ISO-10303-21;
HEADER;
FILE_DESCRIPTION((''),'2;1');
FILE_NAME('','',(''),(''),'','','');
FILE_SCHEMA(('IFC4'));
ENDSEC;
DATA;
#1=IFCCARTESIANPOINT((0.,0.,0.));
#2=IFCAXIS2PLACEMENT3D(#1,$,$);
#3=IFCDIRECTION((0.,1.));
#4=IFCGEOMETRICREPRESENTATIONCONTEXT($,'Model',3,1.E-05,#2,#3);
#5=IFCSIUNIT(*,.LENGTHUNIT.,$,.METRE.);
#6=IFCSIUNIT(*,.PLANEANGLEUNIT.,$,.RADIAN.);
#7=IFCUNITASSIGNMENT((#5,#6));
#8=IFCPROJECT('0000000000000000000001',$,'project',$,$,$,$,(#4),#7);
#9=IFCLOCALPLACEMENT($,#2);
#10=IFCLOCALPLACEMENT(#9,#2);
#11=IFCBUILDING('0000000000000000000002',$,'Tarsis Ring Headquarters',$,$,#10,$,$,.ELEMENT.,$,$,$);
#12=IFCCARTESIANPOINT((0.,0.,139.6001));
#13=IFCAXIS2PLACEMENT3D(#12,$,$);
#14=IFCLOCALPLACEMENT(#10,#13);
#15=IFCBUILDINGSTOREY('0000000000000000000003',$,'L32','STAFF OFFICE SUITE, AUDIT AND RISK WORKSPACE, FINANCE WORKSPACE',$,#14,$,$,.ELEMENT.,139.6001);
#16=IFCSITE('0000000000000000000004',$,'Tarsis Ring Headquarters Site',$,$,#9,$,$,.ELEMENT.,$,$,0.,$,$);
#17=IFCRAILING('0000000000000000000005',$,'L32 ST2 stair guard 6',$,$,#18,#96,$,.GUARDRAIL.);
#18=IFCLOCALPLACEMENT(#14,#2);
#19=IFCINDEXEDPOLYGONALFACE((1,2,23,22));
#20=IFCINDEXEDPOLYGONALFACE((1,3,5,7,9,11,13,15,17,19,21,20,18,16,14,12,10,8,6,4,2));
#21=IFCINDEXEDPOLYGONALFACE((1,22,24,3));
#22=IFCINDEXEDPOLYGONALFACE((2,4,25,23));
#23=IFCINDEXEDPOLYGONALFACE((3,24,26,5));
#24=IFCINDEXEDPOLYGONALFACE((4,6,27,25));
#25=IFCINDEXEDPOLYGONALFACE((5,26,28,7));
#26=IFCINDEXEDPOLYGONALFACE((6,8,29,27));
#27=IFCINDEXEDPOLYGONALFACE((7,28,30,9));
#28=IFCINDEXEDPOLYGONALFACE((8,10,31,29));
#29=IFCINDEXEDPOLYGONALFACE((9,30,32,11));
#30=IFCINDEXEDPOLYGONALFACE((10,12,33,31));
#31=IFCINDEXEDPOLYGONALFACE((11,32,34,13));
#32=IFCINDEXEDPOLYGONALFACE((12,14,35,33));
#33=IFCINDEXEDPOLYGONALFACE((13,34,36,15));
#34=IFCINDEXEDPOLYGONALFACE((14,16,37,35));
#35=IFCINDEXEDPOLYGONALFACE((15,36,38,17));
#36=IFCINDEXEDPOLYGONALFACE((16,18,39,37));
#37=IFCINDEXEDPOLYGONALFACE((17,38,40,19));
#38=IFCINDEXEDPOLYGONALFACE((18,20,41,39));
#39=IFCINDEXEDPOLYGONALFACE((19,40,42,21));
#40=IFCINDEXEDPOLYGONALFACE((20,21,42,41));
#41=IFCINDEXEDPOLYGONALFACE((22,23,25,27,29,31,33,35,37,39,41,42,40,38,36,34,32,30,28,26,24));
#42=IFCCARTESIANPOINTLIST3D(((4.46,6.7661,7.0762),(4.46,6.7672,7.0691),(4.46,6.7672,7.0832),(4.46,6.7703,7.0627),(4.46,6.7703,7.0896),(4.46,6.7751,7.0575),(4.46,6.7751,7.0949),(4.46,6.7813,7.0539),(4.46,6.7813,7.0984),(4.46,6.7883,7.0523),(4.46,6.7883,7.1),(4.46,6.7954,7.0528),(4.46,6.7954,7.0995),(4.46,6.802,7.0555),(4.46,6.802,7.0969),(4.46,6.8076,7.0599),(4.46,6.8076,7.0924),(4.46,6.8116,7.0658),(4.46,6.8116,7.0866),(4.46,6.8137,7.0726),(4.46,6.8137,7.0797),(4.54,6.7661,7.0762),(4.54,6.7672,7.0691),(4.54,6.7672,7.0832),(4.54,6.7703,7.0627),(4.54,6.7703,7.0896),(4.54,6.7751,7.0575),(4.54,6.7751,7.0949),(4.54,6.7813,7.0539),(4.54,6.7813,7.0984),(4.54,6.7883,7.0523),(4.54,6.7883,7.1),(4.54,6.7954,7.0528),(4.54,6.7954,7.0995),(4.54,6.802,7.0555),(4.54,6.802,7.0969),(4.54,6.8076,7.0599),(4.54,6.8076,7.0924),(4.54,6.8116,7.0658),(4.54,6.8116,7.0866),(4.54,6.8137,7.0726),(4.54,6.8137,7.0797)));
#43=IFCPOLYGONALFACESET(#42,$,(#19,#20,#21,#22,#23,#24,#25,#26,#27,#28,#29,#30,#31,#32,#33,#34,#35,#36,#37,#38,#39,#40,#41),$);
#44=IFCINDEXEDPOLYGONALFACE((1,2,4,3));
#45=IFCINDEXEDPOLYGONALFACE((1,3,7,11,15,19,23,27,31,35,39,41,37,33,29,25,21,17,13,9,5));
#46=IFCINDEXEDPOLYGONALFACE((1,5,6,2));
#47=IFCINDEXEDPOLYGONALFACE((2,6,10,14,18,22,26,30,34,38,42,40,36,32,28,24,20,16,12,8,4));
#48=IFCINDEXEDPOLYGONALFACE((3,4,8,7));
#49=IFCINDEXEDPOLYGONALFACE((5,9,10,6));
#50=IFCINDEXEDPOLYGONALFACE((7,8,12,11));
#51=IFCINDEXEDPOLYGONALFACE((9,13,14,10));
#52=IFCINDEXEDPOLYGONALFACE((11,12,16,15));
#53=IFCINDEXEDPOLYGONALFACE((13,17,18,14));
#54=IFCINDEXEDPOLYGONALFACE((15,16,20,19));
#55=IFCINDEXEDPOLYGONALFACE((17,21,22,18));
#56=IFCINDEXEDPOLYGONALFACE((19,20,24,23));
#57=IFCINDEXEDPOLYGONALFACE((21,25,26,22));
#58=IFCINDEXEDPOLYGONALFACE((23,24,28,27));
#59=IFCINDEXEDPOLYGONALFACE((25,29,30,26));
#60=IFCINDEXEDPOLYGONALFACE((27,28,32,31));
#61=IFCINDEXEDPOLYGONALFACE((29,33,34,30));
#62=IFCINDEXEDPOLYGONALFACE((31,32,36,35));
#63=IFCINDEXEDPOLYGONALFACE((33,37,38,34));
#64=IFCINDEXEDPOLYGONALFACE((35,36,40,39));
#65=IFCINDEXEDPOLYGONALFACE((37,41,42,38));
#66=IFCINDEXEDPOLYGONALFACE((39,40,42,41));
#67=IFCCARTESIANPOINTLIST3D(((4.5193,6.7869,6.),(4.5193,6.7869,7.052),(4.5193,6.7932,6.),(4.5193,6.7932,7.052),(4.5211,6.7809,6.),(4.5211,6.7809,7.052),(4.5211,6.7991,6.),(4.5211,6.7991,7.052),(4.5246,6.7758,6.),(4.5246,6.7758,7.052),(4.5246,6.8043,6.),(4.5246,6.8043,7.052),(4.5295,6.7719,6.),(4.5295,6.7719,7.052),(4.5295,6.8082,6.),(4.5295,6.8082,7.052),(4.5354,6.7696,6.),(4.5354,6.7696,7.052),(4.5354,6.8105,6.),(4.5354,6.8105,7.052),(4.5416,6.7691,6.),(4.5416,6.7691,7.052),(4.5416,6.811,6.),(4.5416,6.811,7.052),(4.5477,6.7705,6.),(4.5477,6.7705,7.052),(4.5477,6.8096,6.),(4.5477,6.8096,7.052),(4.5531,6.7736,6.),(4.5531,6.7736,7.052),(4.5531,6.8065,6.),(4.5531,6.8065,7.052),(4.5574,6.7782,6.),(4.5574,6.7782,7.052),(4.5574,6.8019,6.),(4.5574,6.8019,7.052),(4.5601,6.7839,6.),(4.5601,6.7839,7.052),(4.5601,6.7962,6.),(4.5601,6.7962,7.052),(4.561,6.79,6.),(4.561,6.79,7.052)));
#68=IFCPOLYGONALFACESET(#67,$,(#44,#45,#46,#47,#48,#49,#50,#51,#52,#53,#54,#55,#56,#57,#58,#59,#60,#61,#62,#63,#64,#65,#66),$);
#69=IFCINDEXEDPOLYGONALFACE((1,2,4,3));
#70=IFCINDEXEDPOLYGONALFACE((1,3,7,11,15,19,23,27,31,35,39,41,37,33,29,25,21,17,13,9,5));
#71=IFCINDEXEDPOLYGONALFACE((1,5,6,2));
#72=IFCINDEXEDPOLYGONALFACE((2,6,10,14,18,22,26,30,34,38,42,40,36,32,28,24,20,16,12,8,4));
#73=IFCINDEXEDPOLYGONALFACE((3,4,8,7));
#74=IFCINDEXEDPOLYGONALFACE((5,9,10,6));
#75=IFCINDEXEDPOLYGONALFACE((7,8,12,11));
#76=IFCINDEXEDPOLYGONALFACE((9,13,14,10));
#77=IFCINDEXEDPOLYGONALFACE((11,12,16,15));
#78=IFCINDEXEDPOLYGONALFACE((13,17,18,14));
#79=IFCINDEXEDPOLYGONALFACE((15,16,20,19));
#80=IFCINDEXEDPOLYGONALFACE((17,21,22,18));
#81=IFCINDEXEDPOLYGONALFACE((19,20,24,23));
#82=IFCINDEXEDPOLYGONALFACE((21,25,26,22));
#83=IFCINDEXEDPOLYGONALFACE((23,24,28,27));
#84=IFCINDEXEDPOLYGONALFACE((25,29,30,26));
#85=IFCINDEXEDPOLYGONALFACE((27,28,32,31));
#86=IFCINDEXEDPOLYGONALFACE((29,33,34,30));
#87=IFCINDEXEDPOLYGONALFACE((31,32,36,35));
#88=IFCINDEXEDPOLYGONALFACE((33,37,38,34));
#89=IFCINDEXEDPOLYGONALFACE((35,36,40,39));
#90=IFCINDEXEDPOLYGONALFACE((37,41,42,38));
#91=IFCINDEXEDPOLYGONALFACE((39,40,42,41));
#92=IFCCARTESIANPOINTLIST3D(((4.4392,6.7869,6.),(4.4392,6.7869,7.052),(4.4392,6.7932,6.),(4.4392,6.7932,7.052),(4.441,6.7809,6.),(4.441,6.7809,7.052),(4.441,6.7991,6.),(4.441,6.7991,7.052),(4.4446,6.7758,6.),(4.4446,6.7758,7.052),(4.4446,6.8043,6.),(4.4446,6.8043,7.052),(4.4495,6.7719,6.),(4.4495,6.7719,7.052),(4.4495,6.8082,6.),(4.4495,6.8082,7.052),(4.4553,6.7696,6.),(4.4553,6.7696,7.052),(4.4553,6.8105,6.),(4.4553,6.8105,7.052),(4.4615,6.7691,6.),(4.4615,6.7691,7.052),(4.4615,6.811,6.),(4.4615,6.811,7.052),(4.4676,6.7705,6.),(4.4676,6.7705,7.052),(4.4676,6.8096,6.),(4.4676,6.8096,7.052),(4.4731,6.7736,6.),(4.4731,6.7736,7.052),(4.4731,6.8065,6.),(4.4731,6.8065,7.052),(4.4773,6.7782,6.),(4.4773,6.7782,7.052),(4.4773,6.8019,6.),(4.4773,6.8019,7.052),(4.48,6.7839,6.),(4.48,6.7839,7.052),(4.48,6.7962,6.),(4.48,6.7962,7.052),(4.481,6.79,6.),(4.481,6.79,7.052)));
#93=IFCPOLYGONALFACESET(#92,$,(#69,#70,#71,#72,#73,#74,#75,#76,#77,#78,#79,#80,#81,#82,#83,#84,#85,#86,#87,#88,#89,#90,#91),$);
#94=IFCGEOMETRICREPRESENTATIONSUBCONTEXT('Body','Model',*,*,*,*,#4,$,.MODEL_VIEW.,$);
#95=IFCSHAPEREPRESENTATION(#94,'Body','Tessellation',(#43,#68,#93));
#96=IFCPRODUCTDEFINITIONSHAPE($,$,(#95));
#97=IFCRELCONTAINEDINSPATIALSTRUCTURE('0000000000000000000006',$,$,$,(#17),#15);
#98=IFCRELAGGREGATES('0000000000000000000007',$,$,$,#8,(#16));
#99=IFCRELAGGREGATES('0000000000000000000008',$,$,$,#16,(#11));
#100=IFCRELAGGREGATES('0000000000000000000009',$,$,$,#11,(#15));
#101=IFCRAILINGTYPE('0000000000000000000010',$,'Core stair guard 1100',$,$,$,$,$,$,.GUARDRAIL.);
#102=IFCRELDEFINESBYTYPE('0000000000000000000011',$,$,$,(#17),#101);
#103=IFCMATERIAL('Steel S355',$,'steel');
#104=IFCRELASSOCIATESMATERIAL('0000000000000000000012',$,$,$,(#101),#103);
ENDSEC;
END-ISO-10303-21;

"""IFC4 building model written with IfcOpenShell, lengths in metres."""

from ifc_helpers import new_model, si_unit, direction, frame, origin, origin_2d, place, context, subcontext, project, spatial, circle, extrude, material, type_object, element, save


model = new_model("IFC4")

# Units and contexts
model_context = context("Model", 3, precision=1e-05, world=origin(), true_north=direction((0.0, 1.0)))
body_context = subcontext(model_context, "Body", "Model", "MODEL_VIEW")
ifc_project = project(units=[si_unit("LENGTHUNIT", "METRE"), si_unit("PLANEANGLEUNIT", "RADIAN")], contexts=[model_context])

# Site, building, storey
site_placement = place(None, origin())
site = spatial("IfcSite", under=ifc_project, at=site_placement, Name="Tarsis Ring Headquarters Site", CompositionType="ELEMENT", RefElevation=0.0)
building_placement = place(site_placement, origin())
building = spatial("IfcBuilding", under=site, at=building_placement, Name="Tarsis Ring Headquarters", CompositionType="ELEMENT")
storey_placement = place(building_placement, frame((0.0, 0.0, 139.6001)))
storey = spatial("IfcBuildingStorey", under=building, at=storey_placement, Name="L32", Description="STAFF OFFICE SUITE, AUDIT AND RISK WORKSPACE, FINANCE WORKSPACE", CompositionType="ELEMENT", Elevation=139.6001)

# Shared definitions
ifc_material_1 = material(Name="Steel S355", Category="steel")

# Railing
railing_type_1 = type_object("IfcRailingType", Name="Core stair guard 1100", PredefinedType="GUARDRAIL", material=ifc_material_1)
railing_1_placement = place(storey_placement, frame((4.54, 6.79, 6.0)))
element("IfcRailing", 1, at=railing_1_placement, inside=storey, type_object=railing_type_1, Name="L32 ST2 stair guard 6", PredefinedType="GUARDRAIL", context=body_context, shape_type="SweptSolid", body=[
    extrude(circle(Radius=0.0239, at=origin_2d()), frame((0.0, 0.0, 1.0762), z_axis=(-1.0, 0.0, 0.0), x_axis=(0.0, -1.0, 0.0)), (0.0, 0.0, 1.0), 0.0801),
    extrude(circle(Radius=0.021, at=origin_2d()), origin(), (0.0, 0.0, 1.0), 1.052),
    extrude(circle(Radius=0.021, at=origin_2d()), frame((-0.0801, 0.0, 0.0)), (0.0, 0.0, 1.0), 1.052),
])

save(model, "model.ifc")
